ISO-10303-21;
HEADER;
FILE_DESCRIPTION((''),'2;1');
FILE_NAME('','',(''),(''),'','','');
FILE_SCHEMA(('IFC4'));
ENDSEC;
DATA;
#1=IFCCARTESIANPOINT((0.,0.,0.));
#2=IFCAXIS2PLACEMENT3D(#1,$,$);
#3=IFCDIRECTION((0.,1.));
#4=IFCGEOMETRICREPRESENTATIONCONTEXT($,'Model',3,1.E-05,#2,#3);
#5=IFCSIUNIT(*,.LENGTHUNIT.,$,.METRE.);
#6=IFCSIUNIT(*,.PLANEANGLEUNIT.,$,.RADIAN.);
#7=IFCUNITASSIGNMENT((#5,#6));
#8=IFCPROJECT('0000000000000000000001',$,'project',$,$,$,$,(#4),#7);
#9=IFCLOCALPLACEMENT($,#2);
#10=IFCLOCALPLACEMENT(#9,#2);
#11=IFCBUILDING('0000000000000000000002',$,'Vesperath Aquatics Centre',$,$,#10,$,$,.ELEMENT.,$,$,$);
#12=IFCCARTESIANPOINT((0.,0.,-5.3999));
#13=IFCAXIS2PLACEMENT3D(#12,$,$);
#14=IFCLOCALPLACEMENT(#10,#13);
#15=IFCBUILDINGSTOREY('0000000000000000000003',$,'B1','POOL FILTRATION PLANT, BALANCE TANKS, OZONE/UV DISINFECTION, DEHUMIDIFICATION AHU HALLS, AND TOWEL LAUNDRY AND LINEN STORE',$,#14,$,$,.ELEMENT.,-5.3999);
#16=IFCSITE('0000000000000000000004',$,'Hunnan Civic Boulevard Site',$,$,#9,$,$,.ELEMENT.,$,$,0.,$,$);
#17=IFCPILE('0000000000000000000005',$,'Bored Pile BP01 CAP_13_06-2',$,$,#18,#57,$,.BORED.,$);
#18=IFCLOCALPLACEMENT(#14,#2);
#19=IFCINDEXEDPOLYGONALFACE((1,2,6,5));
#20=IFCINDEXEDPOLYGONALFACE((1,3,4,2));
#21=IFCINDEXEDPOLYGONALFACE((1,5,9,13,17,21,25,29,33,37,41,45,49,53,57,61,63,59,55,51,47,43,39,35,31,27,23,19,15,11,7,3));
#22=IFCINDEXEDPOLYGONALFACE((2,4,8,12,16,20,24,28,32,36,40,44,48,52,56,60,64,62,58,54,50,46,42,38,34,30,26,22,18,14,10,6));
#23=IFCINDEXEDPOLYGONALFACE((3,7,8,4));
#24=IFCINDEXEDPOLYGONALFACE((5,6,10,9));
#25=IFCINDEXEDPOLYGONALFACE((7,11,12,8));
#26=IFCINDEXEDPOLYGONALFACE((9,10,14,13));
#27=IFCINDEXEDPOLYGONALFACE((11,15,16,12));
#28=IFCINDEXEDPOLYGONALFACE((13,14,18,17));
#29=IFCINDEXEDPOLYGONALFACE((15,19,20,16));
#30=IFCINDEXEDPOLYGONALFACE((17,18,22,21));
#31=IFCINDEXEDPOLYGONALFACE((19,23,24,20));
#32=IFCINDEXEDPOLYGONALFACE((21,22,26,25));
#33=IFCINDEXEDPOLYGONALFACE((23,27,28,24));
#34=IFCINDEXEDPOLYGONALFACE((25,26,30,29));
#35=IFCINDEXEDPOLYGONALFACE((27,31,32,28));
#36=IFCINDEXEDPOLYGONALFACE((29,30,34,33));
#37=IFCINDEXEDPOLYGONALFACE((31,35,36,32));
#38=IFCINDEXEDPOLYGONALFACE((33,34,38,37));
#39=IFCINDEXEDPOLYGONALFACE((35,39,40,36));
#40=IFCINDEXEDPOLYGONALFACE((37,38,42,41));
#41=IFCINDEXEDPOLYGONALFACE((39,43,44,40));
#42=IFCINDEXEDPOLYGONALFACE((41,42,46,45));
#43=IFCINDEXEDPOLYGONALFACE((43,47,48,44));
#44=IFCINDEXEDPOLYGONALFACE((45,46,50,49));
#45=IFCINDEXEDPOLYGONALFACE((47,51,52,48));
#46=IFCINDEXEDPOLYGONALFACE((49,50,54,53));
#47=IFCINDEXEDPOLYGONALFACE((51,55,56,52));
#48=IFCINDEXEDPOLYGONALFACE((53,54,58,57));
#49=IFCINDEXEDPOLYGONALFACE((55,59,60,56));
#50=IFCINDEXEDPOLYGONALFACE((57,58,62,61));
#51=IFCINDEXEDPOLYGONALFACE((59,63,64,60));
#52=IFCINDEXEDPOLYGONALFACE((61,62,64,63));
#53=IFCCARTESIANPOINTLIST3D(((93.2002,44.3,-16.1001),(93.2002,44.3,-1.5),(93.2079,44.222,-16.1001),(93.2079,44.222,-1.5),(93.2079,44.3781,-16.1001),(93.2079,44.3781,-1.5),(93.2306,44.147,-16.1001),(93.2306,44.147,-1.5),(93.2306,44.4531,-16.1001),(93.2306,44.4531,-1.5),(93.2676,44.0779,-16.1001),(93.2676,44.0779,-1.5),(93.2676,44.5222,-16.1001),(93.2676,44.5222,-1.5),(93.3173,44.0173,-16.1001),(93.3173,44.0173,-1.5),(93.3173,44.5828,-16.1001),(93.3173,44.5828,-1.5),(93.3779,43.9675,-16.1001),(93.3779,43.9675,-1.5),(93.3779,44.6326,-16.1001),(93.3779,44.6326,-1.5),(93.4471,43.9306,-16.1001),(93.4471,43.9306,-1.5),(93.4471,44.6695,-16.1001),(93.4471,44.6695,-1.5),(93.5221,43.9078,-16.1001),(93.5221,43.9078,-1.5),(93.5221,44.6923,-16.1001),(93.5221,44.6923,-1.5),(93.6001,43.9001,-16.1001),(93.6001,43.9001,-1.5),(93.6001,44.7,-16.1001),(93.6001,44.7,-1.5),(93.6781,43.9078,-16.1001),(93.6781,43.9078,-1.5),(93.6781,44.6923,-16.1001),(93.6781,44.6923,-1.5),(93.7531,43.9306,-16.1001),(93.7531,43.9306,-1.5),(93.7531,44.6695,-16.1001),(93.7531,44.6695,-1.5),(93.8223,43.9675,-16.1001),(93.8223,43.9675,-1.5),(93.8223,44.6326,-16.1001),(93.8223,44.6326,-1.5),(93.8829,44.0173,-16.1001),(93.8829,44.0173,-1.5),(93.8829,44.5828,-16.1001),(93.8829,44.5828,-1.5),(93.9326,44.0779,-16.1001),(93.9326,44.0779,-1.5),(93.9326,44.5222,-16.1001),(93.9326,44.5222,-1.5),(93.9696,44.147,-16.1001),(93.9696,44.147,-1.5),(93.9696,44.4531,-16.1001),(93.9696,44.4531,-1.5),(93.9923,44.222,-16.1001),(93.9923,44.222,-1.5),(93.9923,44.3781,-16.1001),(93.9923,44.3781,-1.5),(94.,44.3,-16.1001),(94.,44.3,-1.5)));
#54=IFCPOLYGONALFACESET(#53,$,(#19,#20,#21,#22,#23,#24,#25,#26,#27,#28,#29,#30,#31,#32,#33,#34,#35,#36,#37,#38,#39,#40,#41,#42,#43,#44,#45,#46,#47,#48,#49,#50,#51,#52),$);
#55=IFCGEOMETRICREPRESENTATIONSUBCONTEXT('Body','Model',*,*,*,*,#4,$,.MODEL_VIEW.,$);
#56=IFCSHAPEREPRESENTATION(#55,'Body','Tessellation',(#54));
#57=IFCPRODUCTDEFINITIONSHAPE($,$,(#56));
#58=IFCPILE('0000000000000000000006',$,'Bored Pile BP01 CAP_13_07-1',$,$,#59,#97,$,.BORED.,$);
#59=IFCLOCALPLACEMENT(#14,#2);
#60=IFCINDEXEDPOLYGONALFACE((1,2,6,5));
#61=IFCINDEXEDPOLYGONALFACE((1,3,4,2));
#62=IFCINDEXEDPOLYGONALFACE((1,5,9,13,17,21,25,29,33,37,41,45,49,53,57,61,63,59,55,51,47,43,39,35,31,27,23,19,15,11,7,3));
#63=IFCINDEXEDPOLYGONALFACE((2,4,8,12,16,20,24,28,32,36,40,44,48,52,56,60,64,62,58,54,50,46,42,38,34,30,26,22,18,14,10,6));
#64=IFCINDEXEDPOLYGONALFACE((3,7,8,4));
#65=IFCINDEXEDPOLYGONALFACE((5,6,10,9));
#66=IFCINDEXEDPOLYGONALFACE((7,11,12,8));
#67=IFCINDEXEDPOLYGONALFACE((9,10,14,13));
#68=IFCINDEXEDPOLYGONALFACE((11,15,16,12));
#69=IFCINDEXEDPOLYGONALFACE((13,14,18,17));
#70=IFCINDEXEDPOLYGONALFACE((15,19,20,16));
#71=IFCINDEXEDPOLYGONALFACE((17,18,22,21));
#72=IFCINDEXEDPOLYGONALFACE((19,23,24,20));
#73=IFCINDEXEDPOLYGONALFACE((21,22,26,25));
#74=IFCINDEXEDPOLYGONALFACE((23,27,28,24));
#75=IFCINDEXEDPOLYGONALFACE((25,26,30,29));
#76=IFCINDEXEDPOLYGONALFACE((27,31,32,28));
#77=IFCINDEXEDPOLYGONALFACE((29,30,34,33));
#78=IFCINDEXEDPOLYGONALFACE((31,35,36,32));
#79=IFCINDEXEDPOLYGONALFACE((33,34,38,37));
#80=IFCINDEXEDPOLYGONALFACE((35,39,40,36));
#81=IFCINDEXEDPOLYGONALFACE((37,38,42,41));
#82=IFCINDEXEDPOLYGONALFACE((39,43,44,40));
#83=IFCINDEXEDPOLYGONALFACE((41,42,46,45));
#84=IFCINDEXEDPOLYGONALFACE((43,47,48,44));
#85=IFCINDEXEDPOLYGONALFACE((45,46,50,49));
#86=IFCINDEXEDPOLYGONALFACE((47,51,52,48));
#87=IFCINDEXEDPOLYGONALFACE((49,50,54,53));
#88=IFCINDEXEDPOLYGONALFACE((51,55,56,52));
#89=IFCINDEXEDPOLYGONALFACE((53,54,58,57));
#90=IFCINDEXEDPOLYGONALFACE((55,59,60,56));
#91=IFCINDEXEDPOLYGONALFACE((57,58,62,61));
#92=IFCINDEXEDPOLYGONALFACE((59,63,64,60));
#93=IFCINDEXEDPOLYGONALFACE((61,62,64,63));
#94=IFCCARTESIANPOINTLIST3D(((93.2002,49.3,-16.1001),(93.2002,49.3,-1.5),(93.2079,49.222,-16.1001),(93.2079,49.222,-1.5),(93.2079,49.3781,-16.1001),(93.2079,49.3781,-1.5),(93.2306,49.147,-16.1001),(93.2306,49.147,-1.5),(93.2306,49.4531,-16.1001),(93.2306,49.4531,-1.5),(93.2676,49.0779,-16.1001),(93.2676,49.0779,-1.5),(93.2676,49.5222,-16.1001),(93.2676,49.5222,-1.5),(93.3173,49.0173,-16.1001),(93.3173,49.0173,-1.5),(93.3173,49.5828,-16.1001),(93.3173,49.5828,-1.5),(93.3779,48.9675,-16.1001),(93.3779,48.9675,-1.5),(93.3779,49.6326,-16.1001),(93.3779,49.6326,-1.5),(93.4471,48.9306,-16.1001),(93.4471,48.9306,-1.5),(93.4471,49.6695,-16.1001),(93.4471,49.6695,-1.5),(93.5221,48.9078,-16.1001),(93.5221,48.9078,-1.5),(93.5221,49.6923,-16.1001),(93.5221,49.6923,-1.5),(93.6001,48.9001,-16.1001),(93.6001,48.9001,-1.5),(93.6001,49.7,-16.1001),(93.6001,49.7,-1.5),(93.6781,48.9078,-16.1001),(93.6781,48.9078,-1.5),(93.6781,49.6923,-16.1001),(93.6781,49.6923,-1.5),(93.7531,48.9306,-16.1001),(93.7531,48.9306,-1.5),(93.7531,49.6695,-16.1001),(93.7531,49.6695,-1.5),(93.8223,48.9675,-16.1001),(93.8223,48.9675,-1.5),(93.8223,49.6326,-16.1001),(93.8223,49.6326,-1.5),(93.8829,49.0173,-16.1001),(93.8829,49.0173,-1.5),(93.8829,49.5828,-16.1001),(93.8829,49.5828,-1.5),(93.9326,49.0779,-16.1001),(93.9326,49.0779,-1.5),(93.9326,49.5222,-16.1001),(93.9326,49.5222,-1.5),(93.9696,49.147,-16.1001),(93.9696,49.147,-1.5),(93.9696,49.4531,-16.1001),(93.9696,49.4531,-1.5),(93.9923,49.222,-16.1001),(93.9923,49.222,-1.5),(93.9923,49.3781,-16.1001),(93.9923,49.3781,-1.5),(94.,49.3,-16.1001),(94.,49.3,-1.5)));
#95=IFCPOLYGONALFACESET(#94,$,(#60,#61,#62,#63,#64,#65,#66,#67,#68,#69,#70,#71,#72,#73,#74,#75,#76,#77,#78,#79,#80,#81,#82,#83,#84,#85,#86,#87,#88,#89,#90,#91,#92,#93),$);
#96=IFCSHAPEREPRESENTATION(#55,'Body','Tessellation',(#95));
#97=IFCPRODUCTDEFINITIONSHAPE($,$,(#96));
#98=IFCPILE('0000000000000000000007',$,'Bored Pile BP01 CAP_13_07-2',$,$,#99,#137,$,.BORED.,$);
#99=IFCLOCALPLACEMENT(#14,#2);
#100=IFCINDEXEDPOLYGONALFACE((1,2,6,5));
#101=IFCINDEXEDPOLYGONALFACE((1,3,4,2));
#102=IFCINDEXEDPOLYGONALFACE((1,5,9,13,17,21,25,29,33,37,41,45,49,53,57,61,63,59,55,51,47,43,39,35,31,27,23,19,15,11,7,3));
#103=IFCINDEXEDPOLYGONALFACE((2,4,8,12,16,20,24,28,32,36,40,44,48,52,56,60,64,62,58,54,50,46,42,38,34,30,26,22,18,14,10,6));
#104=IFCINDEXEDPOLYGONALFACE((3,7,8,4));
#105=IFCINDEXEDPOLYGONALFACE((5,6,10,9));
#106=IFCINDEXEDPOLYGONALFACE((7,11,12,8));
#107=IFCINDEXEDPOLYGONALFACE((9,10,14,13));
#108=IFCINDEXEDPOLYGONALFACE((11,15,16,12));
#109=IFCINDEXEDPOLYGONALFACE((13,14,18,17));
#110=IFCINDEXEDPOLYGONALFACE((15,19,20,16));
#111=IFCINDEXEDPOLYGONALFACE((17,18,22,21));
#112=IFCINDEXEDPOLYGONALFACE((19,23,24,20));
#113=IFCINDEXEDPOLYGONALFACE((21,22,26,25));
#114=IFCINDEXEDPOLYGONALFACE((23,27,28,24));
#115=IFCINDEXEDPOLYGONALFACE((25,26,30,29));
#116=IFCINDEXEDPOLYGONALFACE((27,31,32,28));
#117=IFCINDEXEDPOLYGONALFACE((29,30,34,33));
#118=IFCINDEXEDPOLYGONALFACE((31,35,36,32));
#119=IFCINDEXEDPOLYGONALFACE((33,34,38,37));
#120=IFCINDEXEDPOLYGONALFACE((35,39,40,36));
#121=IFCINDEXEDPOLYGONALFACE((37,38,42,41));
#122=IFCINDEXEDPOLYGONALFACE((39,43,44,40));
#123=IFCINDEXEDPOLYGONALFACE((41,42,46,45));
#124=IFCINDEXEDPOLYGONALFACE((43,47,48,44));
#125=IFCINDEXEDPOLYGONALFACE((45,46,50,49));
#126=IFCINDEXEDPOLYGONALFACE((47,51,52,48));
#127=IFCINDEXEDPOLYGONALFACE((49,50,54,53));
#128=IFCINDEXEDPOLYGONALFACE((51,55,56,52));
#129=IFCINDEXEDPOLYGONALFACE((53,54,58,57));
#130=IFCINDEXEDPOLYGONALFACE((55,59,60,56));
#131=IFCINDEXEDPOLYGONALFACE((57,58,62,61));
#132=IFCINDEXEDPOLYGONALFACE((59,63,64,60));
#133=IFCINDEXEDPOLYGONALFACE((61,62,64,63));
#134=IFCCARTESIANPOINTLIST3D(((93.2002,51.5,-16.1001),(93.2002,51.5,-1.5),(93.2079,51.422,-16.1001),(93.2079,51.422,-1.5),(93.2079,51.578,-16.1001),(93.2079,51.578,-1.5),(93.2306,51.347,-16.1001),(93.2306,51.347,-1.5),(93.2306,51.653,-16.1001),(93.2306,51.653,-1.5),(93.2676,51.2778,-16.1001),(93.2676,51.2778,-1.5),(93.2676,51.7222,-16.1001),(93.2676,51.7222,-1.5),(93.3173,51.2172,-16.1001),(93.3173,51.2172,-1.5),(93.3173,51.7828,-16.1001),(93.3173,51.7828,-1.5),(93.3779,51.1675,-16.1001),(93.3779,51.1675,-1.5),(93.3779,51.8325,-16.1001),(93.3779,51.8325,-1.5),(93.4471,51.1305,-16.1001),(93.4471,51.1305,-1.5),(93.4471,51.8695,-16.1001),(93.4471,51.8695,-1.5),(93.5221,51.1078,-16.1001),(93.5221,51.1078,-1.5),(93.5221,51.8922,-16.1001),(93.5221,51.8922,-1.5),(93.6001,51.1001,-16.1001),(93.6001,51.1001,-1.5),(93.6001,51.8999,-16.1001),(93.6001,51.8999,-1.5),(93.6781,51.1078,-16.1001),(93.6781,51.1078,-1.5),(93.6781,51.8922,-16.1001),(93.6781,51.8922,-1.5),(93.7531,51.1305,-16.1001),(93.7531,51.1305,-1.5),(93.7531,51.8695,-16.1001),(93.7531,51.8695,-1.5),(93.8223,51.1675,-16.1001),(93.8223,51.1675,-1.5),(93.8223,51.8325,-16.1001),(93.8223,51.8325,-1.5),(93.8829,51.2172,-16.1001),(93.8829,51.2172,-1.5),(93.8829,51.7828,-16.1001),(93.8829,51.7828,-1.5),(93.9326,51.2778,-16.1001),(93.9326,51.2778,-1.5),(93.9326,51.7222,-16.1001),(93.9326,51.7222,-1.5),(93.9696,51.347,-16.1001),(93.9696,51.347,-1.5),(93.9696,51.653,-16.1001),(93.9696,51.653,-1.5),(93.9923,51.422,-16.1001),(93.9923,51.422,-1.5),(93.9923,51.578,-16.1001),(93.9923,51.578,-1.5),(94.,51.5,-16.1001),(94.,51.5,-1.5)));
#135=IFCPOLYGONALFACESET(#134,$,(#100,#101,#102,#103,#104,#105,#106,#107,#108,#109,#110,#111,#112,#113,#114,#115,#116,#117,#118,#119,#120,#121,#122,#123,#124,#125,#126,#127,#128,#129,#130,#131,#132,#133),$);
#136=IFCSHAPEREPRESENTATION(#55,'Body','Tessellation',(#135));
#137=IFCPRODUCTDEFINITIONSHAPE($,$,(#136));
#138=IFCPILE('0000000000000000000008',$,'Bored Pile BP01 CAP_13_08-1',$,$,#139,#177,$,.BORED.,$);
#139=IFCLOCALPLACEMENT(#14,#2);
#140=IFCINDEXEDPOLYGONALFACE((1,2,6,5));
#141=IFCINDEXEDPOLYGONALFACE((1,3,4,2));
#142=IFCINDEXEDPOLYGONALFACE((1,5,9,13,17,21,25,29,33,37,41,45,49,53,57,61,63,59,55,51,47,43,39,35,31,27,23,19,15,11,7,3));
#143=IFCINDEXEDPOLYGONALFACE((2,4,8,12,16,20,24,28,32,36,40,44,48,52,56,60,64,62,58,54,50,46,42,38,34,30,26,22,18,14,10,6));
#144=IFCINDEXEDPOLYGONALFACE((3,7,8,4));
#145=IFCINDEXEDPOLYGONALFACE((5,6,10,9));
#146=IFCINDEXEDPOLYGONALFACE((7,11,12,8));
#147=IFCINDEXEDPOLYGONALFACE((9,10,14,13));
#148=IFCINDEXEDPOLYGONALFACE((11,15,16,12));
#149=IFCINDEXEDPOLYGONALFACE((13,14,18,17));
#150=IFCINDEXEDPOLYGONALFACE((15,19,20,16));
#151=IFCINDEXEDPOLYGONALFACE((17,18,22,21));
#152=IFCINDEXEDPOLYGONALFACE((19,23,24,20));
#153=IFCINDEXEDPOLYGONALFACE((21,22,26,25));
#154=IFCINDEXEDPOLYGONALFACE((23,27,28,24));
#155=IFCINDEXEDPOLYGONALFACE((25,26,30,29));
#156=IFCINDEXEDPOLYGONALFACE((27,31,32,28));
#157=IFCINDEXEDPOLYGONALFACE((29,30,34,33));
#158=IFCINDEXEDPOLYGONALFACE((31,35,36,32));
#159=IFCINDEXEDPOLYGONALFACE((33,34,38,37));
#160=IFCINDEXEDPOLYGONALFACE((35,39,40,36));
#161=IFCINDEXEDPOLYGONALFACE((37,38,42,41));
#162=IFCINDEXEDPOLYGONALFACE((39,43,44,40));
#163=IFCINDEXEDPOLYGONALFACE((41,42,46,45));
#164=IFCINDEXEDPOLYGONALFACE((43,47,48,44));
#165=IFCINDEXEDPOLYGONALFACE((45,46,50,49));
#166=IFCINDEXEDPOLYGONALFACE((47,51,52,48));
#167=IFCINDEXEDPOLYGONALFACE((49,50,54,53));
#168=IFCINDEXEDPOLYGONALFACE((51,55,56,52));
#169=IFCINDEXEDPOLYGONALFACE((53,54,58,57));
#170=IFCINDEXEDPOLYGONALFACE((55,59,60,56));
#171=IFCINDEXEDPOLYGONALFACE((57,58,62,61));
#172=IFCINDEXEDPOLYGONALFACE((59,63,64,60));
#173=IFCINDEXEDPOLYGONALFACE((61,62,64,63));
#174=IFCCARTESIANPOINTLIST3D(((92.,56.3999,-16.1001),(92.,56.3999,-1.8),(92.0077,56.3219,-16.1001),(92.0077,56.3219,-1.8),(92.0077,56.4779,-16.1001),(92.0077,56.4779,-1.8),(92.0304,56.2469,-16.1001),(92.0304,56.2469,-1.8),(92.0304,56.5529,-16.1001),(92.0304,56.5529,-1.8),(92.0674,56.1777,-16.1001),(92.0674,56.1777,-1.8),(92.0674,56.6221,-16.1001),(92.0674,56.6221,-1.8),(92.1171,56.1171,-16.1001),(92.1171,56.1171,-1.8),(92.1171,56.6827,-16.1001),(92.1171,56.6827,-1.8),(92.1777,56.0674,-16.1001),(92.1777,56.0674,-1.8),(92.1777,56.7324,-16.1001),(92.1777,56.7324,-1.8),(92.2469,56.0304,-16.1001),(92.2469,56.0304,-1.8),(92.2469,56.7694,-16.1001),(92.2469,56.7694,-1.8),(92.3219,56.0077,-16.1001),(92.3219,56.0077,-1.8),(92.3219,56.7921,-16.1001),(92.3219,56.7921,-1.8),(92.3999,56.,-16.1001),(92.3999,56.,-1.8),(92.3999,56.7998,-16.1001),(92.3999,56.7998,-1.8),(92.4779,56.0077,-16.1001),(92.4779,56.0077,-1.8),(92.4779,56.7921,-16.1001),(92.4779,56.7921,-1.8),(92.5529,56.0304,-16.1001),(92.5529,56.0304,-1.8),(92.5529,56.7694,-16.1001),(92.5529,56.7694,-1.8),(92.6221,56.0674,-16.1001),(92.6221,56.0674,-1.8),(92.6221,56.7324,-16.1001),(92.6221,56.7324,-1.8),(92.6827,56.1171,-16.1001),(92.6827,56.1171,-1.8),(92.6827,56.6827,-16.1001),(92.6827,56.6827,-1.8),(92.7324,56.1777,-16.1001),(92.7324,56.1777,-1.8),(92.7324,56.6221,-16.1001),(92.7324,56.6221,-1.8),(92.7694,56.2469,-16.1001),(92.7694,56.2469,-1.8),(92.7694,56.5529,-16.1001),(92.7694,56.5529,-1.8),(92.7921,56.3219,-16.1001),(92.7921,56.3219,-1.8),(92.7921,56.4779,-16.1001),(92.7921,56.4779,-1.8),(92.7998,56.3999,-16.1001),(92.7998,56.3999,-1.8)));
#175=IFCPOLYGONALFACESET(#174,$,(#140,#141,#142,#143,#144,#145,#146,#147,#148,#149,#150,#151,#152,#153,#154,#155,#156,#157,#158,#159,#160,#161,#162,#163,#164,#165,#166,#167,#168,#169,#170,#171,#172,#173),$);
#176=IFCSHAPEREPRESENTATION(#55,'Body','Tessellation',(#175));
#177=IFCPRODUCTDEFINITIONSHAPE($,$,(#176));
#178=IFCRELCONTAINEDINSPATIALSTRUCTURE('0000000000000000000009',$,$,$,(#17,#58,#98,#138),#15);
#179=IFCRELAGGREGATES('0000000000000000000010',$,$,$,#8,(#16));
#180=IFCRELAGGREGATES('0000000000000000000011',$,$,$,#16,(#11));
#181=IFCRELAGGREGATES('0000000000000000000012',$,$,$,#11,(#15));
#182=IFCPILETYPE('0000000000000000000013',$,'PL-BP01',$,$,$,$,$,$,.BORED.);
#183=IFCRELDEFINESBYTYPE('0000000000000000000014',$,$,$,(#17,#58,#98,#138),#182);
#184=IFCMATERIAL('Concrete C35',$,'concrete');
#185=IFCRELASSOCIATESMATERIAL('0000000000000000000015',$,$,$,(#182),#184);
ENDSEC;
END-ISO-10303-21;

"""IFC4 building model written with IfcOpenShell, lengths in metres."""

from ifc_helpers import new_model, si_unit, direction, frame, origin, origin_2d, place, context, subcontext, project, spatial, circle, extrude, material, material_profile, profile_set, type_object, element, save


model = new_model("IFC4")

# Units and contexts
model_context = context("Model", 3, precision=1e-05, world=origin(), true_north=direction((0.0, 1.0)))
body_context = subcontext(model_context, "Body", "Model", "MODEL_VIEW")
ifc_project = project(units=[si_unit("LENGTHUNIT", "METRE"), si_unit("PLANEANGLEUNIT", "RADIAN")], contexts=[model_context])

# Site, building, storey
site_placement = place(None, origin())
site = spatial("IfcSite", under=ifc_project, at=site_placement, Name="Hunnan Civic Boulevard Site", CompositionType="ELEMENT", RefElevation=0.0)
building_placement = place(site_placement, origin())
building = spatial("IfcBuilding", under=site, at=building_placement, Name="Vesperath Aquatics Centre", CompositionType="ELEMENT")
storey_placement = place(building_placement, frame((0.0, 0.0, -5.3999)))
storey = spatial("IfcBuildingStorey", under=building, at=storey_placement, Name="B1", Description="POOL FILTRATION PLANT, BALANCE TANKS, OZONE/UV DISINFECTION, DEHUMIDIFICATION AHU HALLS, AND TOWEL LAUNDRY AND LINEN STORE", CompositionType="ELEMENT", Elevation=-5.3999)

# Piles
ifc_material_1 = material(Name="Concrete C35", Category="concrete")
ifc_material_profile_1 = material_profile(ifc_material_1, circle(Radius=0.3999, at=origin_2d()), Name="PILE D800")
ifc_profile_set_1 = profile_set([ifc_material_profile_1], Name="Concrete C35")
pile_type = type_object("IfcPileType", Name="PL-BP01", PredefinedType="BORED", material=ifc_profile_set_1)
for number, where, z_axis, x_axis, name in (
    (1, (93.6001, 44.3, -1.5), (0.0, 0.0, -1.0), (1.0, 0.0, 0.0), "Bored Pile BP01 CAP_13_06-2"),
    (2, (93.6001, 49.3, -1.5), (0.0, 0.0, -1.0), (1.0, 0.0, 0.0), "Bored Pile BP01 CAP_13_07-1"),
    (3, (93.6001, 51.5, -1.5), (0.0, 0.0, -1.0), (1.0, 0.0, 0.0), "Bored Pile BP01 CAP_13_07-2"),
):
    element("IfcPile", number, at=place(storey_placement, frame(where, z_axis=z_axis, x_axis=x_axis)), inside=storey, type_object=pile_type, Name=name, PredefinedType="BORED", context=body_context, shape_type="SweptSolid", body=[
        extrude(circle(Radius=0.3999, at=origin_2d()), origin(), (0.0, 0.0, 1.0), 14.6001),
    ])
for number, where, z_axis, x_axis, name in (
    (4, (92.3999, 56.3999, -1.8), (0.0, 0.0, -1.0), (1.0, 0.0, 0.0), "Bored Pile BP01 CAP_13_08-1"),
):
    element("IfcPile", number, at=place(storey_placement, frame(where, z_axis=z_axis, x_axis=x_axis)), inside=storey, type_object=pile_type, Name=name, PredefinedType="BORED", context=body_context, shape_type="SweptSolid", body=[
        extrude(circle(Radius=0.3999, at=origin_2d()), origin(), (0.0, 0.0, 1.0), 14.3),
    ])

save(model, "model.ifc")
